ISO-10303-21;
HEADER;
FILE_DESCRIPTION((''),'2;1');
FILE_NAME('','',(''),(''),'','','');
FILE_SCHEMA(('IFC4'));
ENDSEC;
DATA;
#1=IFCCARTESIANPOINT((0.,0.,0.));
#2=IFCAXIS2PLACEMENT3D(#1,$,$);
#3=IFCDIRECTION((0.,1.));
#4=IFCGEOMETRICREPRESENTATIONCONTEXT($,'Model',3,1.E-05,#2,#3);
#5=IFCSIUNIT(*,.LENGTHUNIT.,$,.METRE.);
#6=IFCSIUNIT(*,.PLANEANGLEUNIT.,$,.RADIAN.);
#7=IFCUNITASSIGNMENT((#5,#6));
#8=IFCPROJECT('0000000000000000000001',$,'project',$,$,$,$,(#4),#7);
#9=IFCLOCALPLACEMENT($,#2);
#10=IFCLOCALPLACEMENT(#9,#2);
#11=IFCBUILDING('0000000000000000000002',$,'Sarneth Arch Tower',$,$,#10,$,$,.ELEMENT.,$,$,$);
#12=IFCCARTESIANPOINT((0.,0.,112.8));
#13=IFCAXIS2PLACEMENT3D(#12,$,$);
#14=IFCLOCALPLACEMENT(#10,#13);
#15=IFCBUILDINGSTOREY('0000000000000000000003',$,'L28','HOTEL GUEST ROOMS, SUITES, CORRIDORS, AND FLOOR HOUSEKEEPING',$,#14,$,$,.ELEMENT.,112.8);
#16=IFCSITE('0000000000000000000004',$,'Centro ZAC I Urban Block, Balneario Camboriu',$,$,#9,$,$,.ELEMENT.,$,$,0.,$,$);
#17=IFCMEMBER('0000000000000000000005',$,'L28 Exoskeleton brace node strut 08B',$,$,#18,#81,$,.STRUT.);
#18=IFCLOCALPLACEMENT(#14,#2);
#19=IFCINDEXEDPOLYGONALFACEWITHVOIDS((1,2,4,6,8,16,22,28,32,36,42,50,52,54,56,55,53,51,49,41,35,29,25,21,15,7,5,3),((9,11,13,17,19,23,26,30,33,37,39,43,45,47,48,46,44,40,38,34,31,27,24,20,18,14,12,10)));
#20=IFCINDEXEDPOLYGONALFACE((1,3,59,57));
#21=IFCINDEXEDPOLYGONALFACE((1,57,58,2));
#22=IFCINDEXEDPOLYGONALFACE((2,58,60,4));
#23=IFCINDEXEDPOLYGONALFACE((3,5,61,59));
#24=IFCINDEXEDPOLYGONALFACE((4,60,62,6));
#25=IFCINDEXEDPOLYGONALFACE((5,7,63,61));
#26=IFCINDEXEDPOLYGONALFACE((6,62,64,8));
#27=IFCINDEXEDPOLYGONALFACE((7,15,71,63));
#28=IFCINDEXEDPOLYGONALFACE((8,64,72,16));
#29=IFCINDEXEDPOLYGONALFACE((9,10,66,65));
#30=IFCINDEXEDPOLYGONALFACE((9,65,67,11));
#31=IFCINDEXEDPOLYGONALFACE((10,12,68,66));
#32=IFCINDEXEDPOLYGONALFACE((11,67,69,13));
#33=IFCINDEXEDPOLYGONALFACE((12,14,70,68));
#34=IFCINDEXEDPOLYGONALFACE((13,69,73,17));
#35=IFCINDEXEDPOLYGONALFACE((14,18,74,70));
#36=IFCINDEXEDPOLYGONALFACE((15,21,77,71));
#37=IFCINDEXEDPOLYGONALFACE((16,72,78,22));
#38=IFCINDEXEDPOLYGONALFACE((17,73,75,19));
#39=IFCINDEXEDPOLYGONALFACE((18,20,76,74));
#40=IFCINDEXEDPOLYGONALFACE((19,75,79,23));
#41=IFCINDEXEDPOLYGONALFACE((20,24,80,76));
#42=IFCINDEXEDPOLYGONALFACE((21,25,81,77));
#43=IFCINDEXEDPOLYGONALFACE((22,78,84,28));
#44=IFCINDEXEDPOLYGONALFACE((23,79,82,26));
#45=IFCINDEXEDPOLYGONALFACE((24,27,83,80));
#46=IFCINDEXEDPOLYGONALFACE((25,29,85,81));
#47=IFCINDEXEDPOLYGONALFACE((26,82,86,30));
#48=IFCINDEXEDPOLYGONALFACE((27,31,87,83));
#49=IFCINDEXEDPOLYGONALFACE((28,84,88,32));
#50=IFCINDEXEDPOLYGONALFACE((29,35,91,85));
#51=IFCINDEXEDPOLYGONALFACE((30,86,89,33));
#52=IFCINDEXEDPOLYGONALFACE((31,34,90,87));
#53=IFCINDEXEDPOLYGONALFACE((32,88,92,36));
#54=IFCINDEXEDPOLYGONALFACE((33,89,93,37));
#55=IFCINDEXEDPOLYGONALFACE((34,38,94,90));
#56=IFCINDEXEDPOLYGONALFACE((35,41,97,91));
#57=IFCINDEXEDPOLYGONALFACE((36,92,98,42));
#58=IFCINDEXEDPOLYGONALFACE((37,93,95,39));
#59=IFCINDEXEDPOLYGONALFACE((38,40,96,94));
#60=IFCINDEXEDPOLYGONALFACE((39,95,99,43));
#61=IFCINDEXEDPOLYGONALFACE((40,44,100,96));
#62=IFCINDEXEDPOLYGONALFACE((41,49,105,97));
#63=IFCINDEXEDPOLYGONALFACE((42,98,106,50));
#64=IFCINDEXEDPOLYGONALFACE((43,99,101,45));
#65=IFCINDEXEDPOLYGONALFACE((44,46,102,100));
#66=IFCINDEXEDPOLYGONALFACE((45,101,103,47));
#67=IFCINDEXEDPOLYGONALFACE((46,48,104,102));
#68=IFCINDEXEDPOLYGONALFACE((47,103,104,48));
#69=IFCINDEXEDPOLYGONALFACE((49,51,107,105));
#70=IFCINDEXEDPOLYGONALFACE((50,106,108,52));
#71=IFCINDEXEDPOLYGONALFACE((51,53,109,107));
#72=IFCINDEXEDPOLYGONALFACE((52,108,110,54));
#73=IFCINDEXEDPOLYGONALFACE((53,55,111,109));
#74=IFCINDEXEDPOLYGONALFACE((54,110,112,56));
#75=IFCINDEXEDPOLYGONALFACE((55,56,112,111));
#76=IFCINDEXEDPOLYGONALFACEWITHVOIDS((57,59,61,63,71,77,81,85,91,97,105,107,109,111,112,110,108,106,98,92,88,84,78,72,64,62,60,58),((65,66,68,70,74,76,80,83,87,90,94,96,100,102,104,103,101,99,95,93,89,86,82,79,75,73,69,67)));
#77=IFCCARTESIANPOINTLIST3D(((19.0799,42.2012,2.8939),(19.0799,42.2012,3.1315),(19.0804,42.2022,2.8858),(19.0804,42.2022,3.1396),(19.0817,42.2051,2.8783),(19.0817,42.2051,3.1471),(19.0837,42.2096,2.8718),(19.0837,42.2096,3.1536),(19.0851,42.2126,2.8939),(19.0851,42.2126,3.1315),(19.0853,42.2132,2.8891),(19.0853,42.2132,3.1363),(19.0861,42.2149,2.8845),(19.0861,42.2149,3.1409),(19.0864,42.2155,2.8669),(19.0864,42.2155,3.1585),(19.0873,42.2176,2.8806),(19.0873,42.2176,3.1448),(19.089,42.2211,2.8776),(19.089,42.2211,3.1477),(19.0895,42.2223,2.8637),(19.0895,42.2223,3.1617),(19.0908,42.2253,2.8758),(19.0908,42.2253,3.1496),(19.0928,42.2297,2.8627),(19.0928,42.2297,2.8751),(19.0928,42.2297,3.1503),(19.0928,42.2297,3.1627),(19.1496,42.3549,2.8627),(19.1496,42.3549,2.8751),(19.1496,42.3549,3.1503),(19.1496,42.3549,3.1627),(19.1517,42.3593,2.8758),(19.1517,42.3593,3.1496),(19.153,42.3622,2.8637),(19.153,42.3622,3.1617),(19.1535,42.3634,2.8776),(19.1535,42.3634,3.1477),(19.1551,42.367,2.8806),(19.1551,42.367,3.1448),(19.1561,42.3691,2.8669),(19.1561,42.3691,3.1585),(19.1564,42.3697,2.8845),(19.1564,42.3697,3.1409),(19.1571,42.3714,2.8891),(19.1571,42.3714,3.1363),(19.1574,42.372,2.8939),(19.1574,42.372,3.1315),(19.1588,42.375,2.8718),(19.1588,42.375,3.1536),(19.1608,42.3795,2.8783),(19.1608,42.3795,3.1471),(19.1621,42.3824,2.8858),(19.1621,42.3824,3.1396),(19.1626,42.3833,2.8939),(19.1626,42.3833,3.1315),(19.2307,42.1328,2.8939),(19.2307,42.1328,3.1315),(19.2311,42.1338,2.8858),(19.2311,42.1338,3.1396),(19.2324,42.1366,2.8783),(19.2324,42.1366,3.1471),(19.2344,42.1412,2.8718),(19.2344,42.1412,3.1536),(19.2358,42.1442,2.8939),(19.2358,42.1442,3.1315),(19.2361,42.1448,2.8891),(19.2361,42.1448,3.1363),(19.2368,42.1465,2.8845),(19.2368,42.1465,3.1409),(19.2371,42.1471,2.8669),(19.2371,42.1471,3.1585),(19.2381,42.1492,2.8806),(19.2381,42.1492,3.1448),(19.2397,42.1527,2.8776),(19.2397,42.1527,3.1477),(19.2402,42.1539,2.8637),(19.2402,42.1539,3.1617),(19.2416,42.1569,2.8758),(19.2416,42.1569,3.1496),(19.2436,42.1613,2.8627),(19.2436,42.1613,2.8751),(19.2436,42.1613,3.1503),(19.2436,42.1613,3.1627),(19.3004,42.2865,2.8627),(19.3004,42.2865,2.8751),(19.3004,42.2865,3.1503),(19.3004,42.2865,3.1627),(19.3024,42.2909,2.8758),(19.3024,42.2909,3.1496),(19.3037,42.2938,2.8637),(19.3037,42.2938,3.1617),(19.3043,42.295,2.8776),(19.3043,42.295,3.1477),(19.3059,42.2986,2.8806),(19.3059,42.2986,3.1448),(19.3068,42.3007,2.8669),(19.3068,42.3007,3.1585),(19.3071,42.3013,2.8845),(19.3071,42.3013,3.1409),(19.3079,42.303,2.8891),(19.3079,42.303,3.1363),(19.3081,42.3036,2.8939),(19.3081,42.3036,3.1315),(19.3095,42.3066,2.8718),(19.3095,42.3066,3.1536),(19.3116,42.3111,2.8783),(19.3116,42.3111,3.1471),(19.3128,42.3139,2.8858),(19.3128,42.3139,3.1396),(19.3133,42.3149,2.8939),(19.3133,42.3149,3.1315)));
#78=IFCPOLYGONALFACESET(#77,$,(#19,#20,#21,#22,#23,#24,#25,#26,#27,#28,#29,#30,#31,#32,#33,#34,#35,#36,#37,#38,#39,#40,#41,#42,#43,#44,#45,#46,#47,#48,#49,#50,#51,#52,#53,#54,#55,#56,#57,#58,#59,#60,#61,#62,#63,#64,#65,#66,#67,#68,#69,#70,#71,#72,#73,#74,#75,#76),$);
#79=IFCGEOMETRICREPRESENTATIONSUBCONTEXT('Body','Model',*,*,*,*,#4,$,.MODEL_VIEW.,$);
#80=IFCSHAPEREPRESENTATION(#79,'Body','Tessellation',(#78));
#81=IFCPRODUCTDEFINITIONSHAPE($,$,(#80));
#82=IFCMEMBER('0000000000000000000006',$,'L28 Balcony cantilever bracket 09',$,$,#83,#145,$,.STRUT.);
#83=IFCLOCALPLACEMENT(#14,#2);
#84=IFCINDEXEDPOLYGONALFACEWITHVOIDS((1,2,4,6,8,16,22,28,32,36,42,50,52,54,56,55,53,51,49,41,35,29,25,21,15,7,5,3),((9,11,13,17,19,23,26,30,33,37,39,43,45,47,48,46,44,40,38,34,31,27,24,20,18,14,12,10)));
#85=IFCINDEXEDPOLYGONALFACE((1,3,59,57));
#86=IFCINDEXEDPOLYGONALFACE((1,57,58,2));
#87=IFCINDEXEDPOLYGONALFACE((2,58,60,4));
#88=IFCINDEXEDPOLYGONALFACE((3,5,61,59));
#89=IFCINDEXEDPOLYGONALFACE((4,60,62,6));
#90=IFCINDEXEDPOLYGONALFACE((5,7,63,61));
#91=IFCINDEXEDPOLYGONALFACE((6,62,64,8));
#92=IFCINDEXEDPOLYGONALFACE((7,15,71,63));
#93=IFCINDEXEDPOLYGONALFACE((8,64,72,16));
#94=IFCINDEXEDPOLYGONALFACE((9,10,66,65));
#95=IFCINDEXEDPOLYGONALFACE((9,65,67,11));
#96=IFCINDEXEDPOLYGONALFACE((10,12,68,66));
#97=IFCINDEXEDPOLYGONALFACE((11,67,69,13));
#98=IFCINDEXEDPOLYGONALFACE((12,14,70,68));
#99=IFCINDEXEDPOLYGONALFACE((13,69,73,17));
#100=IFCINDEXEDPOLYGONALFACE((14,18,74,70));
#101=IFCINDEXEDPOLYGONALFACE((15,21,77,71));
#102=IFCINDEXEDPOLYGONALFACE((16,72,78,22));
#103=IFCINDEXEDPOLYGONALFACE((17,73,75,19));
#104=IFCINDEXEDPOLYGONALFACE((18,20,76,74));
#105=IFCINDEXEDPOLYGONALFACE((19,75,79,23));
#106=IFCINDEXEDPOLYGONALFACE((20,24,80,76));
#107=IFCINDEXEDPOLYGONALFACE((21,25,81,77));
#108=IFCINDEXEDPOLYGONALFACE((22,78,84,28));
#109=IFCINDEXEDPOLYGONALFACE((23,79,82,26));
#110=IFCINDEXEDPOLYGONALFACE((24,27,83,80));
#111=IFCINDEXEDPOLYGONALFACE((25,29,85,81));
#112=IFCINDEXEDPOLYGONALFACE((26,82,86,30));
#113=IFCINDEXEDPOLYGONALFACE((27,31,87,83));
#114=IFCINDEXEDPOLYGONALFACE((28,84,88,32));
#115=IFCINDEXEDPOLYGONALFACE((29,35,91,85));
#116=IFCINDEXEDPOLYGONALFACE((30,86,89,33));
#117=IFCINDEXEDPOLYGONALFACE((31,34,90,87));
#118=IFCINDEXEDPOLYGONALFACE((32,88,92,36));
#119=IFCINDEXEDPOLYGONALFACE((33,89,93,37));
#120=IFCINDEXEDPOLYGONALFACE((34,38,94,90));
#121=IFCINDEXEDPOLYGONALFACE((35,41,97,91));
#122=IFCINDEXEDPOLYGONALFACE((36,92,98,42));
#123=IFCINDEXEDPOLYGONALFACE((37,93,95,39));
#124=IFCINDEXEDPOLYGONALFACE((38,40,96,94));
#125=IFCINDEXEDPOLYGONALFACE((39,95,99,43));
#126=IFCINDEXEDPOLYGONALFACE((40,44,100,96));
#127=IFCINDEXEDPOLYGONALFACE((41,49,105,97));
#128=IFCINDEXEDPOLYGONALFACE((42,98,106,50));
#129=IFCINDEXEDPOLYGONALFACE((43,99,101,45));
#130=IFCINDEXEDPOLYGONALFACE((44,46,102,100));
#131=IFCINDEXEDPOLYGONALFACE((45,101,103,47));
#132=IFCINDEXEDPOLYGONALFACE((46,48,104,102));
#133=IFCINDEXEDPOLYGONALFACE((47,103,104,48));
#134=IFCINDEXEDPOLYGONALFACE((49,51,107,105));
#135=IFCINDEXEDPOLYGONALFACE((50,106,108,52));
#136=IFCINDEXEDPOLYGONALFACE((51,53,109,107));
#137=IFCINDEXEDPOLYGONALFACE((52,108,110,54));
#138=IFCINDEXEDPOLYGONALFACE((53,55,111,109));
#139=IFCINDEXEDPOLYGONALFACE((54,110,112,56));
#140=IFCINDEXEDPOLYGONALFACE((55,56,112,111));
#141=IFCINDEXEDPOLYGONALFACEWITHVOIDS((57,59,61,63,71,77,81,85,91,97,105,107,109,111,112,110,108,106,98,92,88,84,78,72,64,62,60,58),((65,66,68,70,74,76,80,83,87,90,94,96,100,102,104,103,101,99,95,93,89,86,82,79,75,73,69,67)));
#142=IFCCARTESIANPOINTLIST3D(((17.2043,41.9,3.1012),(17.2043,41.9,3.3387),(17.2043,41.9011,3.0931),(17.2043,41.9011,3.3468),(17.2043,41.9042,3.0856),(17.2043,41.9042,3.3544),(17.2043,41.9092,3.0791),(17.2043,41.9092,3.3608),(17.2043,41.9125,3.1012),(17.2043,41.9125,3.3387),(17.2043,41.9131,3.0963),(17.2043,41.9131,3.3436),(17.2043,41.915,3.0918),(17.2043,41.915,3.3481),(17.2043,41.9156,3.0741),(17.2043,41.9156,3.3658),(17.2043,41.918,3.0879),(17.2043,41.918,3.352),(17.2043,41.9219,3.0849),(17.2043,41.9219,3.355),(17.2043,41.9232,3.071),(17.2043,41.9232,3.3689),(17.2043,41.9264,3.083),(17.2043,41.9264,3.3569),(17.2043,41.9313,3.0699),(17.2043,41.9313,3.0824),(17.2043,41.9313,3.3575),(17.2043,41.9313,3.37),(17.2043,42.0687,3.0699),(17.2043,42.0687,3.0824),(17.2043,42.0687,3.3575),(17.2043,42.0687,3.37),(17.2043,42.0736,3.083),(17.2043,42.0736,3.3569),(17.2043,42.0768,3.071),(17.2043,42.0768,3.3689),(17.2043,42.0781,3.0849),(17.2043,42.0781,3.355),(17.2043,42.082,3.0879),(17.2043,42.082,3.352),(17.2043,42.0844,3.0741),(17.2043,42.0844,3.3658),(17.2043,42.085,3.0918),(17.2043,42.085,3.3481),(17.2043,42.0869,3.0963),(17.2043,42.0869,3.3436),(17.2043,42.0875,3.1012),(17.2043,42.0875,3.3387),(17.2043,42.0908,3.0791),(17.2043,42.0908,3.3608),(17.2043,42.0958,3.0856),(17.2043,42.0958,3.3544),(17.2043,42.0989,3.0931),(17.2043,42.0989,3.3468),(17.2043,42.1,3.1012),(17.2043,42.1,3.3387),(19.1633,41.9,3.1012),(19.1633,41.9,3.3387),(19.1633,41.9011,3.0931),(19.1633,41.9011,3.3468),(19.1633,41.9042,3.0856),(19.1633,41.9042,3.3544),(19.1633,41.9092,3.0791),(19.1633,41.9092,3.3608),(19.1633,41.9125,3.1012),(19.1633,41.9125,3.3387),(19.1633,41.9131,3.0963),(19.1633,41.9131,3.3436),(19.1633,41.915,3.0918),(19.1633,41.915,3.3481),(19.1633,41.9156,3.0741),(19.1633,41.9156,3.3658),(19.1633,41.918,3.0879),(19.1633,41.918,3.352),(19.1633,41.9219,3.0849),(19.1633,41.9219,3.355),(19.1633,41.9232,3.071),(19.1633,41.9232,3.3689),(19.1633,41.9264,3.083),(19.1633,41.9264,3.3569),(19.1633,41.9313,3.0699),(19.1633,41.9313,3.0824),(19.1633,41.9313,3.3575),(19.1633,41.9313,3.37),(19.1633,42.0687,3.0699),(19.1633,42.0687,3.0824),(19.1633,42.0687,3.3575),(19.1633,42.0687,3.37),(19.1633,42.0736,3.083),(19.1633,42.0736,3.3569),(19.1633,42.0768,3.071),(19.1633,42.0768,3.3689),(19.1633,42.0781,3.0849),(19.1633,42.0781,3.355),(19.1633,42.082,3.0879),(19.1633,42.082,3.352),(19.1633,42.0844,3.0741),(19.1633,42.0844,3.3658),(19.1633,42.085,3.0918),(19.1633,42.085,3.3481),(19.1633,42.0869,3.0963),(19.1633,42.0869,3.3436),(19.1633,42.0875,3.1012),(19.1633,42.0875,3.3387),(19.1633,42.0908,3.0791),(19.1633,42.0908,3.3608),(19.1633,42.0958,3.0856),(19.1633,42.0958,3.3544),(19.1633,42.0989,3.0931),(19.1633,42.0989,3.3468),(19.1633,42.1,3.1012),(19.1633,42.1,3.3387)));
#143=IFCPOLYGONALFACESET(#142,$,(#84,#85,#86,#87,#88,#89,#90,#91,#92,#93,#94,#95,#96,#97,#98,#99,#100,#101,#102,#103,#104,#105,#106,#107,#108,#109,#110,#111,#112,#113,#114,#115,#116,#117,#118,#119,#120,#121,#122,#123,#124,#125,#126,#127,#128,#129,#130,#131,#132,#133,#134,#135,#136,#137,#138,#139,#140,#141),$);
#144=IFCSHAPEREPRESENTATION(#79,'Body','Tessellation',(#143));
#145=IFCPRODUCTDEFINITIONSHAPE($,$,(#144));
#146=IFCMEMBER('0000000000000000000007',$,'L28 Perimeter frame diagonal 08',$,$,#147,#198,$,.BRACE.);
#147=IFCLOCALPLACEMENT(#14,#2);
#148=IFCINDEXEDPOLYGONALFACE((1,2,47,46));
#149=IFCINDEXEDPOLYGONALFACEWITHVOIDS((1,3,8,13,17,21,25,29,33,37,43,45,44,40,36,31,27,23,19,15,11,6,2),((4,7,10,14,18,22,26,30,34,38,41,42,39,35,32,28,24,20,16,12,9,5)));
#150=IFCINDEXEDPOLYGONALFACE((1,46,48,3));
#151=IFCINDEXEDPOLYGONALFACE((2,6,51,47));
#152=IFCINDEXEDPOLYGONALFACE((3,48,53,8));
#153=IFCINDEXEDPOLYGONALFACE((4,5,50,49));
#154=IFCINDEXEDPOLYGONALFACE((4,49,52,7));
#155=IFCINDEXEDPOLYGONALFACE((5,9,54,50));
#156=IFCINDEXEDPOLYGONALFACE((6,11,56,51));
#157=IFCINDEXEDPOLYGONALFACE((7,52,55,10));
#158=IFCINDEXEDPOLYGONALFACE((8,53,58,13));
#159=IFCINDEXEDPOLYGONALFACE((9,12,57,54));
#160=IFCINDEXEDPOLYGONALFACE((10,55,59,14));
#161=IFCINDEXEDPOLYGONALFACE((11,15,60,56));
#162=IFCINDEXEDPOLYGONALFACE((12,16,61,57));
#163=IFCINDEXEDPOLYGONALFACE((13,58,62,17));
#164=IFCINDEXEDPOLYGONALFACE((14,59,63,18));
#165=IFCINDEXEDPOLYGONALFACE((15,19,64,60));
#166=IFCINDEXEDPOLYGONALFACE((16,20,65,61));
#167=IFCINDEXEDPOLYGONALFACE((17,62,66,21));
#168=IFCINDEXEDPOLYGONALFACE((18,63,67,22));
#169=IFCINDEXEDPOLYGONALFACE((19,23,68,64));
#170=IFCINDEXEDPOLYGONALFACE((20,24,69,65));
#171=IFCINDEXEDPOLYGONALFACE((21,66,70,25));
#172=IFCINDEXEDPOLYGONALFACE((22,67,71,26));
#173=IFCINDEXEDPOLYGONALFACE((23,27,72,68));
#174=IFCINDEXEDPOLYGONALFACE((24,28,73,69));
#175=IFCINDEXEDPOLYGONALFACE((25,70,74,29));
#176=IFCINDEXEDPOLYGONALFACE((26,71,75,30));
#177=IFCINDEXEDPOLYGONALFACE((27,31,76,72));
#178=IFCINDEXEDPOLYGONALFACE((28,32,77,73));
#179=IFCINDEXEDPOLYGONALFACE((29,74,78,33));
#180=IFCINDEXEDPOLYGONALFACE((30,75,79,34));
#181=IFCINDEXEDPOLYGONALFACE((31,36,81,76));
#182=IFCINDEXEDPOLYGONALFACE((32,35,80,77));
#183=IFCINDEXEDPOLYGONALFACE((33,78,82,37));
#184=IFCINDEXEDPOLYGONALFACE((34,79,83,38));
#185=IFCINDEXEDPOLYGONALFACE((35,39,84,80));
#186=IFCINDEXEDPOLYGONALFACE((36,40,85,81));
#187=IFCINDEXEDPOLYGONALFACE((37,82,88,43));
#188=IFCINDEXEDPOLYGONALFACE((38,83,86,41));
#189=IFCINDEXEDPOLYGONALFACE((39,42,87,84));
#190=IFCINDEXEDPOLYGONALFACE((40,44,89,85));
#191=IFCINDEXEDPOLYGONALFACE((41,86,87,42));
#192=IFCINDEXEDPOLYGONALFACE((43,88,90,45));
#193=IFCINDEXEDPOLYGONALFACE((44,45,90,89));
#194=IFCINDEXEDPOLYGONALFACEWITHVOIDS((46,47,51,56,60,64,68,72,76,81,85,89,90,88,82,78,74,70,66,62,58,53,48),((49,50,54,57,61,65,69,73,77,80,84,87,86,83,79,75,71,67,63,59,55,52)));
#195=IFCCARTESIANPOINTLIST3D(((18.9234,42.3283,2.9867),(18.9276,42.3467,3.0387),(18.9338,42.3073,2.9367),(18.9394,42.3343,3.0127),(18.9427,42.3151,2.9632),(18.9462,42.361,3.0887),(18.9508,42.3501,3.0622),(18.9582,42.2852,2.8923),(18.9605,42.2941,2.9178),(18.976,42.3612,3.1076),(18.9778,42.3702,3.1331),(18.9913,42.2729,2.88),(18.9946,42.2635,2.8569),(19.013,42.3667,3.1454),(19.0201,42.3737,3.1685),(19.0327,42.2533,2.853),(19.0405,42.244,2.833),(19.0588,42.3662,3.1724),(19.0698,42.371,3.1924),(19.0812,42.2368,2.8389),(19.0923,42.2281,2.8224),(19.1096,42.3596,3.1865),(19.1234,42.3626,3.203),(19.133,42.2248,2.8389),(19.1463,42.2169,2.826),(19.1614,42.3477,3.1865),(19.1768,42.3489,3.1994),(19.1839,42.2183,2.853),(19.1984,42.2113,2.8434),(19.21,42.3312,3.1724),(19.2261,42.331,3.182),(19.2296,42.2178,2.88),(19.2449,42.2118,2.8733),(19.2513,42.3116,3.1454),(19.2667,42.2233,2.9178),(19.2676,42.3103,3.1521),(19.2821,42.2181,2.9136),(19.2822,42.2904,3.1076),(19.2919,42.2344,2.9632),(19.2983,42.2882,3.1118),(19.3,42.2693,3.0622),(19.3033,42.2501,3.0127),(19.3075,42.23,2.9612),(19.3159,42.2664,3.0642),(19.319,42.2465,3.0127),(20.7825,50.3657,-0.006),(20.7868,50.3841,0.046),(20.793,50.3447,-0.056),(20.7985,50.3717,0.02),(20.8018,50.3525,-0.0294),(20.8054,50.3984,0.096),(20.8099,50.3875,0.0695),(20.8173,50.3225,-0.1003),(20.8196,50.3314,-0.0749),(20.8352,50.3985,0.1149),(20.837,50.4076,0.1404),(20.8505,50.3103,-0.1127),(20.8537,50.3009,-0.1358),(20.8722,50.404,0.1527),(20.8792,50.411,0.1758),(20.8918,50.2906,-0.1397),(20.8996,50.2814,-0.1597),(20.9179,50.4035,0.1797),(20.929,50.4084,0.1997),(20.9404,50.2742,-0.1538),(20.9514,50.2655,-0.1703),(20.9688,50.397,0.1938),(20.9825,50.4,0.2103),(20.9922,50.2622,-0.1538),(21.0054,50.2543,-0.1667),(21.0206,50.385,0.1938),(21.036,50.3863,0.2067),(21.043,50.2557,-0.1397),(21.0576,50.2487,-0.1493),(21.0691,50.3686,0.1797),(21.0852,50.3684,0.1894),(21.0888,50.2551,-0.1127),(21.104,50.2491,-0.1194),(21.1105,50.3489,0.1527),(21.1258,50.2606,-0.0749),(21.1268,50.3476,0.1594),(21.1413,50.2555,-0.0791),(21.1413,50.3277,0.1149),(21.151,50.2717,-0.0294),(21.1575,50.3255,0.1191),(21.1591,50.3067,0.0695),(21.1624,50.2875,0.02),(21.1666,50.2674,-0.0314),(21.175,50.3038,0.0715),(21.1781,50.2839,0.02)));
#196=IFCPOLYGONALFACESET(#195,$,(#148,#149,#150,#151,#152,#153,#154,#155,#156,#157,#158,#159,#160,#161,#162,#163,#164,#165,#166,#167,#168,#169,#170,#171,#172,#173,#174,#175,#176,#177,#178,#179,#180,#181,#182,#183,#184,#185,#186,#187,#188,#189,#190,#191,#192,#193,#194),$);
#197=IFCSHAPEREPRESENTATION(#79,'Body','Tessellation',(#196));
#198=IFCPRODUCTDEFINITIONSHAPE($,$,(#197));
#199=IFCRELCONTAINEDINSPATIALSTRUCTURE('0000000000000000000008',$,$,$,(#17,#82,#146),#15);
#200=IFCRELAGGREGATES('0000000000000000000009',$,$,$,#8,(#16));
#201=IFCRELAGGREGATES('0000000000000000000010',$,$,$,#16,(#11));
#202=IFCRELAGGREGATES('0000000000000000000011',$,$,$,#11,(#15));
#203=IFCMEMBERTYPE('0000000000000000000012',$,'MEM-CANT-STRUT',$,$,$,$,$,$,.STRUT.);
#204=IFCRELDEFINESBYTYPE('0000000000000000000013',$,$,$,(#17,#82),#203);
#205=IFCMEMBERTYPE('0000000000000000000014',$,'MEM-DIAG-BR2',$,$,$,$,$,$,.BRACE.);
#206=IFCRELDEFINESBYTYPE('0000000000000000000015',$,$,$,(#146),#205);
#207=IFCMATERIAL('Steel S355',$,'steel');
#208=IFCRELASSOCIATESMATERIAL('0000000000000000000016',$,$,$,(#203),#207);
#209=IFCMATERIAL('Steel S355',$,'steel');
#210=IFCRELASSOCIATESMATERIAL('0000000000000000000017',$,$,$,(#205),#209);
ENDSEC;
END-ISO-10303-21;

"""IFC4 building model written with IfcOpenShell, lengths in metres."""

from ifc_helpers import new_model, si_unit, direction, frame, origin, origin_2d, place, context, subcontext, project, spatial, hollow_rectangle, hollow_circle, extrude, material, material_profile, profile_set, type_object, element, save


model = new_model("IFC4")

# Units and contexts
model_context = context("Model", 3, precision=1e-05, world=origin(), true_north=direction((0.0, 1.0)))
body_context = subcontext(model_context, "Body", "Model", "MODEL_VIEW")
ifc_project = project(units=[si_unit("LENGTHUNIT", "METRE"), si_unit("PLANEANGLEUNIT", "RADIAN")], contexts=[model_context])

# Site, building, storey
site_placement = place(None, origin())
site = spatial("IfcSite", under=ifc_project, at=site_placement, Name="Centro ZAC I Urban Block, Balneario Camboriu", CompositionType="ELEMENT", RefElevation=0.0)
building_placement = place(site_placement, origin())
building = spatial("IfcBuilding", under=site, at=building_placement, Name="Sarneth Arch Tower", CompositionType="ELEMENT")
storey_placement = place(building_placement, frame((0.0, 0.0, 112.8)))
storey = spatial("IfcBuildingStorey", under=building, at=storey_placement, Name="L28", Description="HOTEL GUEST ROOMS, SUITES, CORRIDORS, AND FLOOR HOUSEKEEPING", CompositionType="ELEMENT", Elevation=112.8)

# Members
ifc_material_1 = material(Name="Steel S355", Category="steel")
ifc_material_profile_1 = material_profile(ifc_material_1, hollow_rectangle(XDim=0.2, YDim=0.3, WallThickness=0.0125, InnerFilletRadius=0.0188, OuterFilletRadius=0.0312, at=origin_2d()), Name="RHS300x200x12.5")
ifc_profile_set_1 = profile_set([ifc_material_profile_1], Name="Steel S355")
member_type_1 = type_object("IfcMemberType", Name="MEM-CANT-STRUT", PredefinedType="STRUT", material=ifc_profile_set_1)
member_1_placement = place(storey_placement, frame((19.272, 42.2239, 3.0127), z_axis=(-0.910619, 0.413247, 0.0), x_axis=(-0.413247, -0.910619, 0.0)))
element("IfcMember", 1, at=member_1_placement, inside=storey, type_object=member_type_1, Name="L28 Exoskeleton brace node strut 08B", PredefinedType="STRUT", context=body_context, shape_type="SweptSolid", body=[
    extrude(hollow_rectangle(XDim=0.2, YDim=0.3, WallThickness=0.0125, InnerFilletRadius=0.0188, OuterFilletRadius=0.0312, at=origin_2d()), origin(), (0.0, 0.0, 1.0), 0.1655),
])
member_2_placement = place(storey_placement, frame((19.1633, 42.0, 3.22), z_axis=(-1.0, 0.0, 0.0), x_axis=(0.0, -1.0, 0.0)))
element("IfcMember", 2, at=member_2_placement, inside=storey, type_object=member_type_1, Name="L28 Balcony cantilever bracket 09", PredefinedType="STRUT", context=body_context, shape_type="SweptSolid", body=[
    extrude(hollow_rectangle(XDim=0.2, YDim=0.3, WallThickness=0.0125, InnerFilletRadius=0.0188, OuterFilletRadius=0.0312, at=origin_2d()), origin(), (0.0, 0.0, 1.0), 1.959),
])
ifc_material_2 = material(Name="Steel S355", Category="steel")
ifc_material_profile_2 = material_profile(ifc_material_2, hollow_circle(Radius=0.2029, WallThickness=0.0161, at=origin_2d()), Name="CHS406x16")
ifc_profile_set_2 = profile_set([ifc_material_profile_2], Name="Steel S355")
member_type_2 = type_object("IfcMemberType", Name="MEM-DIAG-BR2", PredefinedType="BRACE", material=ifc_profile_set_2)
member_3_placement = place(storey_placement, frame((20.9805, 50.3296, 0.02), z_axis=(-0.211852, -0.915873, 0.341022), x_axis=(0.974275, -0.225361, 0.0)))
element("IfcMember", 3, at=member_3_placement, inside=storey, type_object=member_type_2, Name="L28 Perimeter frame diagonal 08", PredefinedType="BRACE", context=body_context, shape_type="SweptSolid", body=[
    extrude(hollow_circle(Radius=0.2029, WallThickness=0.0161, at=origin_2d()), origin(), (0.0, 0.0, 1.0), 8.7756),
])

save(model, "model.ifc")
